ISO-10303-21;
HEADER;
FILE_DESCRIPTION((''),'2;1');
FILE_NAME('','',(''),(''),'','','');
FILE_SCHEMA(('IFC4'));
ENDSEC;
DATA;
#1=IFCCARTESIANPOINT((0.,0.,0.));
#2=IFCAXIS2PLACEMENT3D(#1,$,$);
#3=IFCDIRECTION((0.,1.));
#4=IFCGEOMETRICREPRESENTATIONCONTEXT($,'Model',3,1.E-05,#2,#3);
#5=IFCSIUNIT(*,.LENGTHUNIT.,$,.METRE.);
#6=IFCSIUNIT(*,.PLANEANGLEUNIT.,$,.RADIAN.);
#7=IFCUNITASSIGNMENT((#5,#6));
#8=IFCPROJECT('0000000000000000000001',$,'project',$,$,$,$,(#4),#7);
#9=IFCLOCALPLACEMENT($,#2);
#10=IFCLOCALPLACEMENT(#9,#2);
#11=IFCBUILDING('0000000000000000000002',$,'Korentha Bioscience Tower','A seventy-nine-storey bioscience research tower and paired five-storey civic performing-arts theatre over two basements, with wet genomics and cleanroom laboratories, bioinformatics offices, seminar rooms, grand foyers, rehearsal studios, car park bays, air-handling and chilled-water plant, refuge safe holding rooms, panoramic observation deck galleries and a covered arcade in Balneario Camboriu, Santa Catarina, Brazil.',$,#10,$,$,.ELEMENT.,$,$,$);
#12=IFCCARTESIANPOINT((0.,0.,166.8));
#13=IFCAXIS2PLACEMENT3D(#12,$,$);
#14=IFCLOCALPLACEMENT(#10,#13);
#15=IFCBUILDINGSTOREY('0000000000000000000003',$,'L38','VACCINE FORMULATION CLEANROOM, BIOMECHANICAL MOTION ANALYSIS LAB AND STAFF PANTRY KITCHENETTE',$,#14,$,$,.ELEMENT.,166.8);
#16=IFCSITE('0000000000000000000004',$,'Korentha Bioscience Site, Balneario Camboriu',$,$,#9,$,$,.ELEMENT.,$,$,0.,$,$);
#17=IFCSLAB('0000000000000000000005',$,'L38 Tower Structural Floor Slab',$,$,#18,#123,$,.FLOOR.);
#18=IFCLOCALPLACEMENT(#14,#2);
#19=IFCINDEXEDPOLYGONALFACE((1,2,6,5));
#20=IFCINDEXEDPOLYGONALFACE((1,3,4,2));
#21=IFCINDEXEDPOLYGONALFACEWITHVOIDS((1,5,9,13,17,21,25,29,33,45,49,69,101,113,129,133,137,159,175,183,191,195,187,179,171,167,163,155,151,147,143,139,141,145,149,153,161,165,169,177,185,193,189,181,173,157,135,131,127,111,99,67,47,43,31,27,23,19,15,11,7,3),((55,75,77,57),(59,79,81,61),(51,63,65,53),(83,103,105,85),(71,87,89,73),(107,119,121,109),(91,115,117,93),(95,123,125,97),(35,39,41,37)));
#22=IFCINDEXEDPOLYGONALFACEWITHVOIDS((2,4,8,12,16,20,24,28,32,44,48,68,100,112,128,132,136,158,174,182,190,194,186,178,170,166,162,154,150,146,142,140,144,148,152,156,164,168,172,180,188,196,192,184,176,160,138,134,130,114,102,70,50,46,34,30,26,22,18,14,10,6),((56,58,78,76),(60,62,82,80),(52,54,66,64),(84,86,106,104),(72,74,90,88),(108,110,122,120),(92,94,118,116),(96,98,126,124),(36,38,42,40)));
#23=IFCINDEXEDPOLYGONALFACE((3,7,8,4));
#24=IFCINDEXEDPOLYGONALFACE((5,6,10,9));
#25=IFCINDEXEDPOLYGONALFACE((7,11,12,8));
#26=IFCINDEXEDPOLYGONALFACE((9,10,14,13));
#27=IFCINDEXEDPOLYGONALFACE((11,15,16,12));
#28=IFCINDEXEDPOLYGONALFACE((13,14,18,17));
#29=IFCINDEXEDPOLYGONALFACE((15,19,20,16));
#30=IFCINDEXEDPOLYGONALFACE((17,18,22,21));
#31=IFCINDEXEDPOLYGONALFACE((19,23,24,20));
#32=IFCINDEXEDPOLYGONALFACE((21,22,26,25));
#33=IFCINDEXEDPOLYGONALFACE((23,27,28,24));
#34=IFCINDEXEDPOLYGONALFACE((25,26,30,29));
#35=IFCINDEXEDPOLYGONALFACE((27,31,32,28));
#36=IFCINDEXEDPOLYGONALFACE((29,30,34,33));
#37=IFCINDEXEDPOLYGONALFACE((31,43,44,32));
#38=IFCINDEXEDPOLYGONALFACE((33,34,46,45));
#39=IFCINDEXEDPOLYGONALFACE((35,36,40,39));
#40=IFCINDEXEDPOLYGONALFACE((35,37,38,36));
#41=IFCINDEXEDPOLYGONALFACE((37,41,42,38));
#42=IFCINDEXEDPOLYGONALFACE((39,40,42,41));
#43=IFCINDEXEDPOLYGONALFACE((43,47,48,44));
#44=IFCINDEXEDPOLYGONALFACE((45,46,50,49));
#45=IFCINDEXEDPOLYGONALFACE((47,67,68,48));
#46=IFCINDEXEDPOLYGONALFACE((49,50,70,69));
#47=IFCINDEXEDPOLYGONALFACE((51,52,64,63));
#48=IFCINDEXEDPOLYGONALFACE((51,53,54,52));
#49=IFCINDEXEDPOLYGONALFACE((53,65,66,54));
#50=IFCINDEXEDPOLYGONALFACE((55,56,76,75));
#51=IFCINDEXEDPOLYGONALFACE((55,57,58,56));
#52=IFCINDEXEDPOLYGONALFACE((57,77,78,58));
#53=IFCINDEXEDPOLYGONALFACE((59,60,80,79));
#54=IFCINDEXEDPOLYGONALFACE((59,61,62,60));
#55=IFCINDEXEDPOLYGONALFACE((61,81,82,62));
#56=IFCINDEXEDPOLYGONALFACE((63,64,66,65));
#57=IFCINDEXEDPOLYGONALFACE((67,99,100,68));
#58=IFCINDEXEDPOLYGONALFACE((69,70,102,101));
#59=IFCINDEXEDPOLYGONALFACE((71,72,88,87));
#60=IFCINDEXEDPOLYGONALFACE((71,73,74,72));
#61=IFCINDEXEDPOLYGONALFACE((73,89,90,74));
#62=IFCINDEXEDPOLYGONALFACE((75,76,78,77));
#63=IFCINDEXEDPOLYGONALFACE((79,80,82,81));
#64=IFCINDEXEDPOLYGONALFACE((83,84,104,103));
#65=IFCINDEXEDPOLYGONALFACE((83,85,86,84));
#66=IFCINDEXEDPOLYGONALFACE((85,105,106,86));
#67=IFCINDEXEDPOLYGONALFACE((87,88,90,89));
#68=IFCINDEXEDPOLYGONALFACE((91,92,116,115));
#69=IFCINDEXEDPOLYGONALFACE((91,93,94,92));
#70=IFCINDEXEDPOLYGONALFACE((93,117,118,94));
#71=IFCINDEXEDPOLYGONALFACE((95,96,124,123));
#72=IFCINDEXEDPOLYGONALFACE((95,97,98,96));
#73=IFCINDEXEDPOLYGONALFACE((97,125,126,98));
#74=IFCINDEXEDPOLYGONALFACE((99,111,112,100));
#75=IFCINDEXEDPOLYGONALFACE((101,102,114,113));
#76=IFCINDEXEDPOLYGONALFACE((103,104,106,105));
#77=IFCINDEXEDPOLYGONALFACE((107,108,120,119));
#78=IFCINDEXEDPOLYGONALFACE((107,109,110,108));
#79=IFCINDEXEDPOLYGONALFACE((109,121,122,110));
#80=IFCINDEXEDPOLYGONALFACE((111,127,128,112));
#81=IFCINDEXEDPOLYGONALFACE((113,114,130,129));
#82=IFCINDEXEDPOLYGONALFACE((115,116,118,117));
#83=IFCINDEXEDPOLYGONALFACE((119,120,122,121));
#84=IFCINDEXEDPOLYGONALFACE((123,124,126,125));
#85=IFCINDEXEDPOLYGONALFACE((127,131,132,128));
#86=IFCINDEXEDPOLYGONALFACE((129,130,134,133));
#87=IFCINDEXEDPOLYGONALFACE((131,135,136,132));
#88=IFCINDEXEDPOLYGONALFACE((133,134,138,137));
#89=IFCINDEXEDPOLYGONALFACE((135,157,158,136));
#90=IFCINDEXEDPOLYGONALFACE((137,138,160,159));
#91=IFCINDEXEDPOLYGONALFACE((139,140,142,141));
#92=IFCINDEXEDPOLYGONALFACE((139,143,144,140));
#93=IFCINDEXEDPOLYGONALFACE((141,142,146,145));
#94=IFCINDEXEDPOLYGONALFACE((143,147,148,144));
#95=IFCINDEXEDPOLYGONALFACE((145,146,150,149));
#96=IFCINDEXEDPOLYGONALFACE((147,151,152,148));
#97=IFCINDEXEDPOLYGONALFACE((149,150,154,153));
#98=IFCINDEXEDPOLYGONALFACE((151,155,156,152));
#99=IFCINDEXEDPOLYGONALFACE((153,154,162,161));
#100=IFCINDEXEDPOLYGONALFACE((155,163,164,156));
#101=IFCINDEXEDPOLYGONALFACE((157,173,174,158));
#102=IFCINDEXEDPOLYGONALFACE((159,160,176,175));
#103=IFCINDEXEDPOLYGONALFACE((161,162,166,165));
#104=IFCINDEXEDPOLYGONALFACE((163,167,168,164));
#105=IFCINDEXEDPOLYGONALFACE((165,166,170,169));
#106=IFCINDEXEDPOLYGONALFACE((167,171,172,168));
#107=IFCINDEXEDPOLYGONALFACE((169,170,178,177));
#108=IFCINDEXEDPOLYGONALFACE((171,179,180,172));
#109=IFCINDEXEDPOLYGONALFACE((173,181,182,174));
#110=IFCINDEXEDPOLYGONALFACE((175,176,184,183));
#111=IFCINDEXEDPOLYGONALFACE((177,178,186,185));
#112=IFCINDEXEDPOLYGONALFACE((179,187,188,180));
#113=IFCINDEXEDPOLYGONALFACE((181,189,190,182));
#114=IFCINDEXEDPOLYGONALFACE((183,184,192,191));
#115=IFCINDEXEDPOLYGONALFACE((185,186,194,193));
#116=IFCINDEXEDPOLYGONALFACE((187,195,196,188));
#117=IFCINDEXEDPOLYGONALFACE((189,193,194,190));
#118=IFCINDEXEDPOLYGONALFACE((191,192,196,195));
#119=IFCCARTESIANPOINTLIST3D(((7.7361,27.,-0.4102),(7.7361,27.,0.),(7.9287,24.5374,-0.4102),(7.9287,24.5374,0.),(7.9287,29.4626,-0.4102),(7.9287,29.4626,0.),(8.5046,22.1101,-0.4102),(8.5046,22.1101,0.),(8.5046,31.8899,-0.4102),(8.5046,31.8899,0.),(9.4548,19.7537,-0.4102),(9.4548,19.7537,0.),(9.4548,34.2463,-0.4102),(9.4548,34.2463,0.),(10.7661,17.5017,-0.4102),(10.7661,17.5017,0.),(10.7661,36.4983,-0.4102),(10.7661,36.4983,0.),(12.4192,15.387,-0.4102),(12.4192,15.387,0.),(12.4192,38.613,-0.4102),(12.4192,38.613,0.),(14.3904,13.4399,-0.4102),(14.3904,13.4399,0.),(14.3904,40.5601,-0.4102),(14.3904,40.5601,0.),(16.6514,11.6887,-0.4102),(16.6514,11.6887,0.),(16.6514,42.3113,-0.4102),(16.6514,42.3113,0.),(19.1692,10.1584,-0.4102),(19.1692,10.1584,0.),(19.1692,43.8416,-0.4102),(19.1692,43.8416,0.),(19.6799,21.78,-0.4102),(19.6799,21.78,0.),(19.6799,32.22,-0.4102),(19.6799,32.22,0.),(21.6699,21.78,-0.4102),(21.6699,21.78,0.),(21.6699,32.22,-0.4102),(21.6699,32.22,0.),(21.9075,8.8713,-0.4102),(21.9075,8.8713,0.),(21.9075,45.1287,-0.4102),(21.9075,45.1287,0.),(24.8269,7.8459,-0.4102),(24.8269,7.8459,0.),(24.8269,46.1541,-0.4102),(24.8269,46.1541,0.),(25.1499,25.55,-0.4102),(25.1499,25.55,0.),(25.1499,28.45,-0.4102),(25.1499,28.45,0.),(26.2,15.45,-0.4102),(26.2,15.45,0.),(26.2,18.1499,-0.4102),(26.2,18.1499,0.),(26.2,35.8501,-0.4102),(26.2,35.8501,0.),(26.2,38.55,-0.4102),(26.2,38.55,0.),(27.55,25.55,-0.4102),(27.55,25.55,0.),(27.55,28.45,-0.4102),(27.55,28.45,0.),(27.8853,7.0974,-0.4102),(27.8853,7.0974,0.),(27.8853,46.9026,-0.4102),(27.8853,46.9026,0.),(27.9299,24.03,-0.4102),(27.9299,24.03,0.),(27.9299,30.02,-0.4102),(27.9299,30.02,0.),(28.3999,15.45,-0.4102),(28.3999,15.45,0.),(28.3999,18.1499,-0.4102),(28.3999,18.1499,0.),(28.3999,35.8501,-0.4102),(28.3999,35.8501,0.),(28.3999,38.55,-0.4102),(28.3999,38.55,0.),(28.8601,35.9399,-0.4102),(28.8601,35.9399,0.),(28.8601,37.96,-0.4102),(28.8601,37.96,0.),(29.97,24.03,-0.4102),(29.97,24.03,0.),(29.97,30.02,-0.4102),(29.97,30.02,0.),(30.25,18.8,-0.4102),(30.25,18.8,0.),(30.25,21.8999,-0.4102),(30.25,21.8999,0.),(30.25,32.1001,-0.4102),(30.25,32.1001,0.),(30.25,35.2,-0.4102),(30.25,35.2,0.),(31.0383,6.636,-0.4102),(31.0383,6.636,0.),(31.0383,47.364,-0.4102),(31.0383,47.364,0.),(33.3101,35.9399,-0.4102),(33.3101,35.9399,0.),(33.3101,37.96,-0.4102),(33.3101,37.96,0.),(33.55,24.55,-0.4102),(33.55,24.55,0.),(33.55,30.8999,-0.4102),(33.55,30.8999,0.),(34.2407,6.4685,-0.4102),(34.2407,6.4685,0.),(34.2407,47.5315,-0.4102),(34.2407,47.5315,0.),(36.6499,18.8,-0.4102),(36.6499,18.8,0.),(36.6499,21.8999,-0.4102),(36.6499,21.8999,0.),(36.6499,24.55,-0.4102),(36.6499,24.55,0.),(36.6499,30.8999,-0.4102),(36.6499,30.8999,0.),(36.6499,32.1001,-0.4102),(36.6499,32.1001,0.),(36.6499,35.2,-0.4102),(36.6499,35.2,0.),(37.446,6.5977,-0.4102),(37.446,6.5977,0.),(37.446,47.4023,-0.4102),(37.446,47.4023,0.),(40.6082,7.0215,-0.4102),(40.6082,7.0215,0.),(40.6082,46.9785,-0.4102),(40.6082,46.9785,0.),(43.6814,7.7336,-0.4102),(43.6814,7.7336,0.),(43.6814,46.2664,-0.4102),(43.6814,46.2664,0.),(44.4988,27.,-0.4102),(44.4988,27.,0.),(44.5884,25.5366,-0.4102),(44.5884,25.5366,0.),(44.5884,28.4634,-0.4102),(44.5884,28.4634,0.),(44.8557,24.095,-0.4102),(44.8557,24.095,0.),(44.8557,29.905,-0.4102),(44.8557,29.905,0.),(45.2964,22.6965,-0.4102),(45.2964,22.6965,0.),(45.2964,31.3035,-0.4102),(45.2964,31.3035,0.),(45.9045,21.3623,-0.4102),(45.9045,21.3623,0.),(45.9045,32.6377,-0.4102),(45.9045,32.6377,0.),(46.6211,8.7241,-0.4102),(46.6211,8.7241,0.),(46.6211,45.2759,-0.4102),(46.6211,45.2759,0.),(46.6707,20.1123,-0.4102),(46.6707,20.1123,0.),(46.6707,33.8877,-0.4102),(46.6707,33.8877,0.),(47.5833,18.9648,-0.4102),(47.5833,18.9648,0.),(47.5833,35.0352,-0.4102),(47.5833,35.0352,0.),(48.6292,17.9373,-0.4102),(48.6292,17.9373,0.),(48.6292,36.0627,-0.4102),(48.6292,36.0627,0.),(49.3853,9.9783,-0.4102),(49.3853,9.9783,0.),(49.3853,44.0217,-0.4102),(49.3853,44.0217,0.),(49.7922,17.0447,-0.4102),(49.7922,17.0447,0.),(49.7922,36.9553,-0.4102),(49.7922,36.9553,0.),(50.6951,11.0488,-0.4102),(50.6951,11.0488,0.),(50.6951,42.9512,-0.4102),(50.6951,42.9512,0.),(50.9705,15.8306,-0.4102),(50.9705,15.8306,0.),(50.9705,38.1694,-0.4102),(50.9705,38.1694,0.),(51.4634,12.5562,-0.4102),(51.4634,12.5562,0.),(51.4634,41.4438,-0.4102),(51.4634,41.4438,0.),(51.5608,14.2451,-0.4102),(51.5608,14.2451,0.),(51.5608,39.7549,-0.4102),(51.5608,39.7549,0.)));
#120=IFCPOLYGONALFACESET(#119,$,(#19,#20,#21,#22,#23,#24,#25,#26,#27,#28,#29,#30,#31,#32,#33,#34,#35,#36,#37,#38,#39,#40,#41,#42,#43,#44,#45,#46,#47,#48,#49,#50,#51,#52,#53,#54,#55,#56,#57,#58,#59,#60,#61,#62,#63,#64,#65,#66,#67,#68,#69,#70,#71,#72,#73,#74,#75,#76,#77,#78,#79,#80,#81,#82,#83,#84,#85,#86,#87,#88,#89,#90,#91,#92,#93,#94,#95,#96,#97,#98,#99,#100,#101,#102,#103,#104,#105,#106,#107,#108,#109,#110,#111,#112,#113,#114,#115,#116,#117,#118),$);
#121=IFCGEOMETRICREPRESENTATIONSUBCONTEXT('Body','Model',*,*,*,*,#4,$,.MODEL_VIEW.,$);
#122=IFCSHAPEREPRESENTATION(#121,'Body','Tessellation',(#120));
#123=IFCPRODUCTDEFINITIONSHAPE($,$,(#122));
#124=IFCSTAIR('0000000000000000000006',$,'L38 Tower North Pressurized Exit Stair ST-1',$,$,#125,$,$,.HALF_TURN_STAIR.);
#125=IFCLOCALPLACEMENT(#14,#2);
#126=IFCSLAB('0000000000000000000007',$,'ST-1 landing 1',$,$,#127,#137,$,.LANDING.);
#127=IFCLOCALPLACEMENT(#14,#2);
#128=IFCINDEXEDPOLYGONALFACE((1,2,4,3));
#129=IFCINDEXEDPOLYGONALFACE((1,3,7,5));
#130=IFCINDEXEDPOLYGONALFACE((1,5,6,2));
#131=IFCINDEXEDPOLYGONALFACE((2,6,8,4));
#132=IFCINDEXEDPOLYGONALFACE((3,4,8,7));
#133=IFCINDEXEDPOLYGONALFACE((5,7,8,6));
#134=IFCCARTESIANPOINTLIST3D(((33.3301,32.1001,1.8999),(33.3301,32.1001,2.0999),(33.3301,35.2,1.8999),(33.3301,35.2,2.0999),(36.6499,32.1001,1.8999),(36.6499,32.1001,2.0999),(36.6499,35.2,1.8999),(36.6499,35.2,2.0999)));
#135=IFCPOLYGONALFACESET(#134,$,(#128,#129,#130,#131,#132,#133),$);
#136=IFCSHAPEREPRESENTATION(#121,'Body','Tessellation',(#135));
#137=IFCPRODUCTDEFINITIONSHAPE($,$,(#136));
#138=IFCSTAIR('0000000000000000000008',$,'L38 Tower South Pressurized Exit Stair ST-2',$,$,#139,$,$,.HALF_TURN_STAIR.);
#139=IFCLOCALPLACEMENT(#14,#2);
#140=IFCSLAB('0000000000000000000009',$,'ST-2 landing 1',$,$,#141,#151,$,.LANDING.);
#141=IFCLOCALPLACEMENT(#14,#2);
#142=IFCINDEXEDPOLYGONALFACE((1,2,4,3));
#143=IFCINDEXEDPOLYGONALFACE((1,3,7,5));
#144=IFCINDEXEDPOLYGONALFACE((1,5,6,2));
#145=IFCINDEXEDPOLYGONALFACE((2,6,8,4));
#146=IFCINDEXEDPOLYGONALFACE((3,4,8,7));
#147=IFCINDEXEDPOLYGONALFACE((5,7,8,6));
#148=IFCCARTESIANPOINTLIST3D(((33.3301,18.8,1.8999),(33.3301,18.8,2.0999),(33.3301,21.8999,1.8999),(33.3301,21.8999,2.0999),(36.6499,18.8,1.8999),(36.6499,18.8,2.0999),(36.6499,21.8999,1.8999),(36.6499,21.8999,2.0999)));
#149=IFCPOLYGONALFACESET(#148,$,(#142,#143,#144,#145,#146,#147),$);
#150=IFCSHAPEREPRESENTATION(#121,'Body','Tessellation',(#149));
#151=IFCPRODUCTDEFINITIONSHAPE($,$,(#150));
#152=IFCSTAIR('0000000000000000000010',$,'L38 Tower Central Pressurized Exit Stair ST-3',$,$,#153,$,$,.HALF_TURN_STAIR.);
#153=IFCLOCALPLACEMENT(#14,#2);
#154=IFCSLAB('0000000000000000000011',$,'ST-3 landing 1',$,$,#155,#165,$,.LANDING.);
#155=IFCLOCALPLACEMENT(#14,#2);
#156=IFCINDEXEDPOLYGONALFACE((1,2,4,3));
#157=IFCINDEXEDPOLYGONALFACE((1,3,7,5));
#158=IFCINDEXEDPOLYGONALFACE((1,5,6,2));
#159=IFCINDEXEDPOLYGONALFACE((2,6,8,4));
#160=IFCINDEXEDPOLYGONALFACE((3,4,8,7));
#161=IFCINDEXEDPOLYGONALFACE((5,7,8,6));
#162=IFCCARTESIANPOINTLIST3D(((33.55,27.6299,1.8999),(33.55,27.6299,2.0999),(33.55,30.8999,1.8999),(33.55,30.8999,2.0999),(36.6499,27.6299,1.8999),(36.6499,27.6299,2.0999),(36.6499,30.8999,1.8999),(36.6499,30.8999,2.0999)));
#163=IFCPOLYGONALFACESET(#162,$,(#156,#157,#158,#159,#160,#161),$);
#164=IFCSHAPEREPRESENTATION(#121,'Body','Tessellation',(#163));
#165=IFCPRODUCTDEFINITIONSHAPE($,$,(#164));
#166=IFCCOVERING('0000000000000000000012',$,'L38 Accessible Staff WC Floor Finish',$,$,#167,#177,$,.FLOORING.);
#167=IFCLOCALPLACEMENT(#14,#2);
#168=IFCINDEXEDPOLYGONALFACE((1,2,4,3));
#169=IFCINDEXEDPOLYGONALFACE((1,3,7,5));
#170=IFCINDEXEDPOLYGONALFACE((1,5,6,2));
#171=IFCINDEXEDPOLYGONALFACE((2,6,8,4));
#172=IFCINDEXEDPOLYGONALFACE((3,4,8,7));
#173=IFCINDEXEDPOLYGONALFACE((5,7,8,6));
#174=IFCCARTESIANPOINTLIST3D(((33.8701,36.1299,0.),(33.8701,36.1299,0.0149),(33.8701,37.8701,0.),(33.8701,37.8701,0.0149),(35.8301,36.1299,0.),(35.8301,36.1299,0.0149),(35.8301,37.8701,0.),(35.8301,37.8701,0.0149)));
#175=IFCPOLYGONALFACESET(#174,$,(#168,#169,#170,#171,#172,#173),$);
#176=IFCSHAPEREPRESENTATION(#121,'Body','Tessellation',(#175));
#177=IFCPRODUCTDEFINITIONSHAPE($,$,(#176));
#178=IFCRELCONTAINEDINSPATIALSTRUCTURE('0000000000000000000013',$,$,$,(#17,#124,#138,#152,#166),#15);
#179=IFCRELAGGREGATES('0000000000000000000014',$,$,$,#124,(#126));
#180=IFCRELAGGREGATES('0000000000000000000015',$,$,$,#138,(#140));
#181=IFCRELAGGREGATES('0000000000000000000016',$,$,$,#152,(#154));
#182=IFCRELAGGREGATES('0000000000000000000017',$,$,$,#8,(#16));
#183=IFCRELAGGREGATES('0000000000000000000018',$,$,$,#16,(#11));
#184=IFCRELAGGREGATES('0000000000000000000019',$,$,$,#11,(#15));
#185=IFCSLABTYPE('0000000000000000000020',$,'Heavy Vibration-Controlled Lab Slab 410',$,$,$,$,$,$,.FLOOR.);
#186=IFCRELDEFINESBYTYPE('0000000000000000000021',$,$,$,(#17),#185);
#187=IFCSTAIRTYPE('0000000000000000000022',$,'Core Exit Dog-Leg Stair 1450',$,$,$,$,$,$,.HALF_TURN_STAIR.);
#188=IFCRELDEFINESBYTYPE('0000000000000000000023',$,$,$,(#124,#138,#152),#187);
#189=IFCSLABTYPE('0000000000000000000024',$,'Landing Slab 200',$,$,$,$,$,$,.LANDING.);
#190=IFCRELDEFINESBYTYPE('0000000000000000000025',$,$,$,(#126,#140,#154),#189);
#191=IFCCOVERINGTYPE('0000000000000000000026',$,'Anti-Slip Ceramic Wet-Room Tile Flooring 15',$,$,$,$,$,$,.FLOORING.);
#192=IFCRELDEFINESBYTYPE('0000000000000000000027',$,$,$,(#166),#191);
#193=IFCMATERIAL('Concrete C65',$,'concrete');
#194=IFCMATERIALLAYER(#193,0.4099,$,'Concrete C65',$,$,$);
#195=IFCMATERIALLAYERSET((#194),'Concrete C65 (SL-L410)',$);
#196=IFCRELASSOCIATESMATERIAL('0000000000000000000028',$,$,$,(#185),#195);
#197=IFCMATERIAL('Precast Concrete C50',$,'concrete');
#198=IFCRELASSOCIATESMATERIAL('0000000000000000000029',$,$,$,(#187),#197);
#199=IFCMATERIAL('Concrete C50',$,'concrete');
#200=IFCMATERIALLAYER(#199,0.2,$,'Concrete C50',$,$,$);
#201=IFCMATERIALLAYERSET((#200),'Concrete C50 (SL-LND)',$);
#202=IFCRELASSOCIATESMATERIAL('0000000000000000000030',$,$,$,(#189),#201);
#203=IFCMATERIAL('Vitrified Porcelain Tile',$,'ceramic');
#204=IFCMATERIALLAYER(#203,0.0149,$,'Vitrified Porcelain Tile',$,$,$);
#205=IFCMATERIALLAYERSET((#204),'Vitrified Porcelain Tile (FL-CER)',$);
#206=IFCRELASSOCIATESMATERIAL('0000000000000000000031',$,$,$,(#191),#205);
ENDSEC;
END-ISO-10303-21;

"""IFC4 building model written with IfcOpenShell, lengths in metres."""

from ifc_helpers import new_model, si_unit, direction, frame, origin, place, context, subcontext, project, spatial, polyline, outline, extrude, material, layer, layer_set, type_object, element, aggregate, save


model = new_model("IFC4")

# Units and contexts
model_context = context("Model", 3, precision=1e-05, world=origin(), true_north=direction((0.0, 1.0)))
body_context = subcontext(model_context, "Body", "Model", "MODEL_VIEW")
ifc_project = project(units=[si_unit("LENGTHUNIT", "METRE"), si_unit("PLANEANGLEUNIT", "RADIAN")], contexts=[model_context])

# Site, building, storey
site_placement = place(None, origin())
site = spatial("IfcSite", under=ifc_project, at=site_placement, Name="Korentha Bioscience Site, Balneario Camboriu", CompositionType="ELEMENT", RefElevation=0.0)
building_placement = place(site_placement, origin())
building = spatial("IfcBuilding", under=site, at=building_placement, Name="Korentha Bioscience Tower", Description="A seventy-nine-storey bioscience research tower and paired five-storey civic performing-arts theatre over two basements, with wet genomics and cleanroom laboratories, bioinformatics offices, seminar rooms, grand foyers, rehearsal studios, car park bays, air-handling and chilled-water plant, refuge safe holding rooms, panoramic observation deck galleries and a covered arcade in Balneario Camboriu, Santa Catarina, Brazil.", CompositionType="ELEMENT")
storey_placement = place(building_placement, frame((0.0, 0.0, 166.8)))
storey = spatial("IfcBuildingStorey", under=building, at=storey_placement, Name="L38", Description="VACCINE FORMULATION CLEANROOM, BIOMECHANICAL MOTION ANALYSIS LAB AND STAFF PANTRY KITCHENETTE", CompositionType="ELEMENT", Elevation=166.8)

# Slab
ifc_material_1 = material(Name="Concrete C50", Category="concrete")
ifc_material_2 = material(Name="Concrete C65", Category="concrete")
ifc_layer_1 = layer(ifc_material_2, 0.4099, Name="Concrete C65")
ifc_layer_set_1 = layer_set([ifc_layer_1], Name="Concrete C65 (SL-L410)")
slab_type_1 = type_object("IfcSlabType", Name="Heavy Vibration-Controlled Lab Slab 410", PredefinedType="FLOOR", material=ifc_layer_set_1)
slab_1_placement = place(storey_placement, frame((0.0, 0.0, -0.4102)))
element("IfcSlab", 1, at=slab_1_placement, inside=storey, type_object=slab_type_1, Name="L38 Tower Structural Floor Slab", PredefinedType="FLOOR", context=body_context, shape_type="SweptSolid", body=[
    extrude(outline(polyline([(49.3853, 44.0217), (46.6211, 45.2759), (43.6814, 46.2664), (40.6082, 46.9785), (37.446, 47.4023), (34.2407, 47.5315), (31.0383, 47.364), (27.8853, 46.9026), (24.8269, 46.1541), (21.9075, 45.1287), (19.1692, 43.8416), (16.6514, 42.3113), (14.3904, 40.5601), (12.4192, 38.613), (10.7661, 36.4983), (9.4548, 34.2463), (8.5046, 31.8899), (7.9287, 29.4626), (7.7361, 27.0), (7.9287, 24.5374), (8.5046, 22.1101), (9.4548, 19.7537), (10.7661, 17.5017), (12.4192, 15.387), (14.3904, 13.4399), (16.6514, 11.6887), (19.1692, 10.1584), (21.9075, 8.8713), (24.8269, 7.8459), (27.8853, 7.0974), (31.0383, 6.636), (34.2407, 6.4685), (37.446, 6.5977), (40.6082, 7.0215), (43.6814, 7.7336), (46.6211, 8.7241), (49.3853, 9.9783), (50.6951, 11.0488), (51.4634, 12.5562), (51.5608, 14.2451), (50.9705, 15.8306), (49.7922, 17.0447), (48.6292, 17.9373), (47.5833, 18.9648), (46.6707, 20.1123), (45.9045, 21.3623), (45.2964, 22.6965), (44.8557, 24.095), (44.5884, 25.5366), (44.4988, 27.0), (44.5884, 28.4634), (44.8557, 29.905), (45.2964, 31.3035), (45.9045, 32.6377), (46.6707, 33.8877), (47.5833, 35.0352), (48.6292, 36.0627), (49.7922, 36.9553), (50.9705, 38.1694), (51.5608, 39.7549), (51.4634, 41.4438), (50.6951, 42.9512), (49.3853, 44.0217)]), holes=[polyline([(30.25, 32.1001), (36.6499, 32.1001), (36.6499, 35.2), (30.25, 35.2), (30.25, 32.1001)]), polyline([(30.25, 18.8), (36.6499, 18.8), (36.6499, 21.8999), (30.25, 21.8999), (30.25, 18.8)]), polyline([(36.6499, 24.55), (36.6499, 30.8999), (33.55, 30.8999), (33.55, 24.55), (36.6499, 24.55)]), polyline([(19.6799, 21.78), (21.6699, 21.78), (21.6699, 32.22), (19.6799, 32.22), (19.6799, 21.78)]), polyline([(27.9299, 24.03), (29.97, 24.03), (29.97, 30.02), (27.9299, 30.02), (27.9299, 24.03)]), polyline([(28.8601, 35.9399), (33.3101, 35.9399), (33.3101, 37.96), (28.8601, 37.96), (28.8601, 35.9399)]), polyline([(26.2, 15.45), (28.3999, 15.45), (28.3999, 18.1499), (26.2, 18.1499), (26.2, 15.45)]), polyline([(26.2, 35.8501), (28.3999, 35.8501), (28.3999, 38.55), (26.2, 38.55), (26.2, 35.8501)]), polyline([(25.1499, 25.55), (27.55, 25.55), (27.55, 28.45), (25.1499, 28.45), (25.1499, 25.55)])]), origin(), (0.0, 0.0, 1.0), 0.4102),
])

# Stairs, slabs
ifc_material_3 = material(Name="Precast Concrete C50", Category="concrete")
stair_type = type_object("IfcStairType", Name="Core Exit Dog-Leg Stair 1450", PredefinedType="HALF_TURN_STAIR", material=ifc_material_3)
stair_1_placement = place(storey_placement, origin())
stair_1 = element("IfcStair", 2, at=stair_1_placement, inside=storey, type_object=stair_type, Name="L38 Tower North Pressurized Exit Stair ST-1", PredefinedType="HALF_TURN_STAIR")
ifc_layer_2 = layer(ifc_material_1, 0.2, Name="Concrete C50")
ifc_layer_set_2 = layer_set([ifc_layer_2], Name="Concrete C50 (SL-LND)")
slab_type_2 = type_object("IfcSlabType", Name="Landing Slab 200", PredefinedType="LANDING", material=ifc_layer_set_2)
slab_2_placement = place(storey_placement, frame((0.0, 0.0, 1.8999)))
slab_2 = element("IfcSlab", 3, at=slab_2_placement, type_object=slab_type_2, Name="ST-1 landing 1", PredefinedType="LANDING", context=body_context, shape_type="SweptSolid", body=[
    extrude(outline(polyline([(33.3301, 32.1001), (36.6499, 32.1001), (36.6499, 35.2), (33.3301, 35.2), (33.3301, 32.1001)])), origin(), (0.0, 0.0, 1.0), 0.2),
])
aggregate(stair_1, [slab_2])
stair_2_placement = place(storey_placement, origin())
stair_2 = element("IfcStair", 4, at=stair_2_placement, inside=storey, type_object=stair_type, Name="L38 Tower South Pressurized Exit Stair ST-2", PredefinedType="HALF_TURN_STAIR")
slab_3_placement = place(storey_placement, frame((0.0, 0.0, 1.8999)))
slab_3 = element("IfcSlab", 5, at=slab_3_placement, type_object=slab_type_2, Name="ST-2 landing 1", PredefinedType="LANDING", context=body_context, shape_type="SweptSolid", body=[
    extrude(outline(polyline([(33.3301, 18.8), (36.6499, 18.8), (36.6499, 21.8999), (33.3301, 21.8999), (33.3301, 18.8)])), origin(), (0.0, 0.0, 1.0), 0.2),
])
aggregate(stair_2, [slab_3])
stair_3_placement = place(storey_placement, origin())
stair_3 = element("IfcStair", 6, at=stair_3_placement, inside=storey, type_object=stair_type, Name="L38 Tower Central Pressurized Exit Stair ST-3", PredefinedType="HALF_TURN_STAIR")
slab_4_placement = place(storey_placement, frame((0.0, 0.0, 1.8999)))
slab_4 = element("IfcSlab", 7, at=slab_4_placement, type_object=slab_type_2, Name="ST-3 landing 1", PredefinedType="LANDING", context=body_context, shape_type="SweptSolid", body=[
    extrude(outline(polyline([(36.6499, 27.6299), (36.6499, 30.8999), (33.55, 30.8999), (33.55, 27.6299), (36.6499, 27.6299)])), origin(), (0.0, 0.0, 1.0), 0.2),
])
aggregate(stair_3, [slab_4])

# Covering
ifc_material_4 = material(Name="Vitrified Porcelain Tile", Category="ceramic")
ifc_layer_3 = layer(ifc_material_4, 0.0149, Name="Vitrified Porcelain Tile")
ifc_layer_set_3 = layer_set([ifc_layer_3], Name="Vitrified Porcelain Tile (FL-CER)")
covering_type_1 = type_object("IfcCoveringType", Name="Anti-Slip Ceramic Wet-Room Tile Flooring 15", PredefinedType="FLOORING", material=ifc_layer_set_3)
covering_1_placement = place(storey_placement, origin())
element("IfcCovering", 8, at=covering_1_placement, inside=storey, type_object=covering_type_1, Name="L38 Accessible Staff WC Floor Finish", PredefinedType="FLOORING", context=body_context, shape_type="SweptSolid", body=[
    extrude(outline(polyline([(33.8701, 36.1299), (33.8701, 37.8701), (35.8301, 37.8701), (35.8301, 36.1299), (33.8701, 36.1299)])), origin(), (0.0, 0.0, 1.0), 0.0149),
])

save(model, "model.ifc")
